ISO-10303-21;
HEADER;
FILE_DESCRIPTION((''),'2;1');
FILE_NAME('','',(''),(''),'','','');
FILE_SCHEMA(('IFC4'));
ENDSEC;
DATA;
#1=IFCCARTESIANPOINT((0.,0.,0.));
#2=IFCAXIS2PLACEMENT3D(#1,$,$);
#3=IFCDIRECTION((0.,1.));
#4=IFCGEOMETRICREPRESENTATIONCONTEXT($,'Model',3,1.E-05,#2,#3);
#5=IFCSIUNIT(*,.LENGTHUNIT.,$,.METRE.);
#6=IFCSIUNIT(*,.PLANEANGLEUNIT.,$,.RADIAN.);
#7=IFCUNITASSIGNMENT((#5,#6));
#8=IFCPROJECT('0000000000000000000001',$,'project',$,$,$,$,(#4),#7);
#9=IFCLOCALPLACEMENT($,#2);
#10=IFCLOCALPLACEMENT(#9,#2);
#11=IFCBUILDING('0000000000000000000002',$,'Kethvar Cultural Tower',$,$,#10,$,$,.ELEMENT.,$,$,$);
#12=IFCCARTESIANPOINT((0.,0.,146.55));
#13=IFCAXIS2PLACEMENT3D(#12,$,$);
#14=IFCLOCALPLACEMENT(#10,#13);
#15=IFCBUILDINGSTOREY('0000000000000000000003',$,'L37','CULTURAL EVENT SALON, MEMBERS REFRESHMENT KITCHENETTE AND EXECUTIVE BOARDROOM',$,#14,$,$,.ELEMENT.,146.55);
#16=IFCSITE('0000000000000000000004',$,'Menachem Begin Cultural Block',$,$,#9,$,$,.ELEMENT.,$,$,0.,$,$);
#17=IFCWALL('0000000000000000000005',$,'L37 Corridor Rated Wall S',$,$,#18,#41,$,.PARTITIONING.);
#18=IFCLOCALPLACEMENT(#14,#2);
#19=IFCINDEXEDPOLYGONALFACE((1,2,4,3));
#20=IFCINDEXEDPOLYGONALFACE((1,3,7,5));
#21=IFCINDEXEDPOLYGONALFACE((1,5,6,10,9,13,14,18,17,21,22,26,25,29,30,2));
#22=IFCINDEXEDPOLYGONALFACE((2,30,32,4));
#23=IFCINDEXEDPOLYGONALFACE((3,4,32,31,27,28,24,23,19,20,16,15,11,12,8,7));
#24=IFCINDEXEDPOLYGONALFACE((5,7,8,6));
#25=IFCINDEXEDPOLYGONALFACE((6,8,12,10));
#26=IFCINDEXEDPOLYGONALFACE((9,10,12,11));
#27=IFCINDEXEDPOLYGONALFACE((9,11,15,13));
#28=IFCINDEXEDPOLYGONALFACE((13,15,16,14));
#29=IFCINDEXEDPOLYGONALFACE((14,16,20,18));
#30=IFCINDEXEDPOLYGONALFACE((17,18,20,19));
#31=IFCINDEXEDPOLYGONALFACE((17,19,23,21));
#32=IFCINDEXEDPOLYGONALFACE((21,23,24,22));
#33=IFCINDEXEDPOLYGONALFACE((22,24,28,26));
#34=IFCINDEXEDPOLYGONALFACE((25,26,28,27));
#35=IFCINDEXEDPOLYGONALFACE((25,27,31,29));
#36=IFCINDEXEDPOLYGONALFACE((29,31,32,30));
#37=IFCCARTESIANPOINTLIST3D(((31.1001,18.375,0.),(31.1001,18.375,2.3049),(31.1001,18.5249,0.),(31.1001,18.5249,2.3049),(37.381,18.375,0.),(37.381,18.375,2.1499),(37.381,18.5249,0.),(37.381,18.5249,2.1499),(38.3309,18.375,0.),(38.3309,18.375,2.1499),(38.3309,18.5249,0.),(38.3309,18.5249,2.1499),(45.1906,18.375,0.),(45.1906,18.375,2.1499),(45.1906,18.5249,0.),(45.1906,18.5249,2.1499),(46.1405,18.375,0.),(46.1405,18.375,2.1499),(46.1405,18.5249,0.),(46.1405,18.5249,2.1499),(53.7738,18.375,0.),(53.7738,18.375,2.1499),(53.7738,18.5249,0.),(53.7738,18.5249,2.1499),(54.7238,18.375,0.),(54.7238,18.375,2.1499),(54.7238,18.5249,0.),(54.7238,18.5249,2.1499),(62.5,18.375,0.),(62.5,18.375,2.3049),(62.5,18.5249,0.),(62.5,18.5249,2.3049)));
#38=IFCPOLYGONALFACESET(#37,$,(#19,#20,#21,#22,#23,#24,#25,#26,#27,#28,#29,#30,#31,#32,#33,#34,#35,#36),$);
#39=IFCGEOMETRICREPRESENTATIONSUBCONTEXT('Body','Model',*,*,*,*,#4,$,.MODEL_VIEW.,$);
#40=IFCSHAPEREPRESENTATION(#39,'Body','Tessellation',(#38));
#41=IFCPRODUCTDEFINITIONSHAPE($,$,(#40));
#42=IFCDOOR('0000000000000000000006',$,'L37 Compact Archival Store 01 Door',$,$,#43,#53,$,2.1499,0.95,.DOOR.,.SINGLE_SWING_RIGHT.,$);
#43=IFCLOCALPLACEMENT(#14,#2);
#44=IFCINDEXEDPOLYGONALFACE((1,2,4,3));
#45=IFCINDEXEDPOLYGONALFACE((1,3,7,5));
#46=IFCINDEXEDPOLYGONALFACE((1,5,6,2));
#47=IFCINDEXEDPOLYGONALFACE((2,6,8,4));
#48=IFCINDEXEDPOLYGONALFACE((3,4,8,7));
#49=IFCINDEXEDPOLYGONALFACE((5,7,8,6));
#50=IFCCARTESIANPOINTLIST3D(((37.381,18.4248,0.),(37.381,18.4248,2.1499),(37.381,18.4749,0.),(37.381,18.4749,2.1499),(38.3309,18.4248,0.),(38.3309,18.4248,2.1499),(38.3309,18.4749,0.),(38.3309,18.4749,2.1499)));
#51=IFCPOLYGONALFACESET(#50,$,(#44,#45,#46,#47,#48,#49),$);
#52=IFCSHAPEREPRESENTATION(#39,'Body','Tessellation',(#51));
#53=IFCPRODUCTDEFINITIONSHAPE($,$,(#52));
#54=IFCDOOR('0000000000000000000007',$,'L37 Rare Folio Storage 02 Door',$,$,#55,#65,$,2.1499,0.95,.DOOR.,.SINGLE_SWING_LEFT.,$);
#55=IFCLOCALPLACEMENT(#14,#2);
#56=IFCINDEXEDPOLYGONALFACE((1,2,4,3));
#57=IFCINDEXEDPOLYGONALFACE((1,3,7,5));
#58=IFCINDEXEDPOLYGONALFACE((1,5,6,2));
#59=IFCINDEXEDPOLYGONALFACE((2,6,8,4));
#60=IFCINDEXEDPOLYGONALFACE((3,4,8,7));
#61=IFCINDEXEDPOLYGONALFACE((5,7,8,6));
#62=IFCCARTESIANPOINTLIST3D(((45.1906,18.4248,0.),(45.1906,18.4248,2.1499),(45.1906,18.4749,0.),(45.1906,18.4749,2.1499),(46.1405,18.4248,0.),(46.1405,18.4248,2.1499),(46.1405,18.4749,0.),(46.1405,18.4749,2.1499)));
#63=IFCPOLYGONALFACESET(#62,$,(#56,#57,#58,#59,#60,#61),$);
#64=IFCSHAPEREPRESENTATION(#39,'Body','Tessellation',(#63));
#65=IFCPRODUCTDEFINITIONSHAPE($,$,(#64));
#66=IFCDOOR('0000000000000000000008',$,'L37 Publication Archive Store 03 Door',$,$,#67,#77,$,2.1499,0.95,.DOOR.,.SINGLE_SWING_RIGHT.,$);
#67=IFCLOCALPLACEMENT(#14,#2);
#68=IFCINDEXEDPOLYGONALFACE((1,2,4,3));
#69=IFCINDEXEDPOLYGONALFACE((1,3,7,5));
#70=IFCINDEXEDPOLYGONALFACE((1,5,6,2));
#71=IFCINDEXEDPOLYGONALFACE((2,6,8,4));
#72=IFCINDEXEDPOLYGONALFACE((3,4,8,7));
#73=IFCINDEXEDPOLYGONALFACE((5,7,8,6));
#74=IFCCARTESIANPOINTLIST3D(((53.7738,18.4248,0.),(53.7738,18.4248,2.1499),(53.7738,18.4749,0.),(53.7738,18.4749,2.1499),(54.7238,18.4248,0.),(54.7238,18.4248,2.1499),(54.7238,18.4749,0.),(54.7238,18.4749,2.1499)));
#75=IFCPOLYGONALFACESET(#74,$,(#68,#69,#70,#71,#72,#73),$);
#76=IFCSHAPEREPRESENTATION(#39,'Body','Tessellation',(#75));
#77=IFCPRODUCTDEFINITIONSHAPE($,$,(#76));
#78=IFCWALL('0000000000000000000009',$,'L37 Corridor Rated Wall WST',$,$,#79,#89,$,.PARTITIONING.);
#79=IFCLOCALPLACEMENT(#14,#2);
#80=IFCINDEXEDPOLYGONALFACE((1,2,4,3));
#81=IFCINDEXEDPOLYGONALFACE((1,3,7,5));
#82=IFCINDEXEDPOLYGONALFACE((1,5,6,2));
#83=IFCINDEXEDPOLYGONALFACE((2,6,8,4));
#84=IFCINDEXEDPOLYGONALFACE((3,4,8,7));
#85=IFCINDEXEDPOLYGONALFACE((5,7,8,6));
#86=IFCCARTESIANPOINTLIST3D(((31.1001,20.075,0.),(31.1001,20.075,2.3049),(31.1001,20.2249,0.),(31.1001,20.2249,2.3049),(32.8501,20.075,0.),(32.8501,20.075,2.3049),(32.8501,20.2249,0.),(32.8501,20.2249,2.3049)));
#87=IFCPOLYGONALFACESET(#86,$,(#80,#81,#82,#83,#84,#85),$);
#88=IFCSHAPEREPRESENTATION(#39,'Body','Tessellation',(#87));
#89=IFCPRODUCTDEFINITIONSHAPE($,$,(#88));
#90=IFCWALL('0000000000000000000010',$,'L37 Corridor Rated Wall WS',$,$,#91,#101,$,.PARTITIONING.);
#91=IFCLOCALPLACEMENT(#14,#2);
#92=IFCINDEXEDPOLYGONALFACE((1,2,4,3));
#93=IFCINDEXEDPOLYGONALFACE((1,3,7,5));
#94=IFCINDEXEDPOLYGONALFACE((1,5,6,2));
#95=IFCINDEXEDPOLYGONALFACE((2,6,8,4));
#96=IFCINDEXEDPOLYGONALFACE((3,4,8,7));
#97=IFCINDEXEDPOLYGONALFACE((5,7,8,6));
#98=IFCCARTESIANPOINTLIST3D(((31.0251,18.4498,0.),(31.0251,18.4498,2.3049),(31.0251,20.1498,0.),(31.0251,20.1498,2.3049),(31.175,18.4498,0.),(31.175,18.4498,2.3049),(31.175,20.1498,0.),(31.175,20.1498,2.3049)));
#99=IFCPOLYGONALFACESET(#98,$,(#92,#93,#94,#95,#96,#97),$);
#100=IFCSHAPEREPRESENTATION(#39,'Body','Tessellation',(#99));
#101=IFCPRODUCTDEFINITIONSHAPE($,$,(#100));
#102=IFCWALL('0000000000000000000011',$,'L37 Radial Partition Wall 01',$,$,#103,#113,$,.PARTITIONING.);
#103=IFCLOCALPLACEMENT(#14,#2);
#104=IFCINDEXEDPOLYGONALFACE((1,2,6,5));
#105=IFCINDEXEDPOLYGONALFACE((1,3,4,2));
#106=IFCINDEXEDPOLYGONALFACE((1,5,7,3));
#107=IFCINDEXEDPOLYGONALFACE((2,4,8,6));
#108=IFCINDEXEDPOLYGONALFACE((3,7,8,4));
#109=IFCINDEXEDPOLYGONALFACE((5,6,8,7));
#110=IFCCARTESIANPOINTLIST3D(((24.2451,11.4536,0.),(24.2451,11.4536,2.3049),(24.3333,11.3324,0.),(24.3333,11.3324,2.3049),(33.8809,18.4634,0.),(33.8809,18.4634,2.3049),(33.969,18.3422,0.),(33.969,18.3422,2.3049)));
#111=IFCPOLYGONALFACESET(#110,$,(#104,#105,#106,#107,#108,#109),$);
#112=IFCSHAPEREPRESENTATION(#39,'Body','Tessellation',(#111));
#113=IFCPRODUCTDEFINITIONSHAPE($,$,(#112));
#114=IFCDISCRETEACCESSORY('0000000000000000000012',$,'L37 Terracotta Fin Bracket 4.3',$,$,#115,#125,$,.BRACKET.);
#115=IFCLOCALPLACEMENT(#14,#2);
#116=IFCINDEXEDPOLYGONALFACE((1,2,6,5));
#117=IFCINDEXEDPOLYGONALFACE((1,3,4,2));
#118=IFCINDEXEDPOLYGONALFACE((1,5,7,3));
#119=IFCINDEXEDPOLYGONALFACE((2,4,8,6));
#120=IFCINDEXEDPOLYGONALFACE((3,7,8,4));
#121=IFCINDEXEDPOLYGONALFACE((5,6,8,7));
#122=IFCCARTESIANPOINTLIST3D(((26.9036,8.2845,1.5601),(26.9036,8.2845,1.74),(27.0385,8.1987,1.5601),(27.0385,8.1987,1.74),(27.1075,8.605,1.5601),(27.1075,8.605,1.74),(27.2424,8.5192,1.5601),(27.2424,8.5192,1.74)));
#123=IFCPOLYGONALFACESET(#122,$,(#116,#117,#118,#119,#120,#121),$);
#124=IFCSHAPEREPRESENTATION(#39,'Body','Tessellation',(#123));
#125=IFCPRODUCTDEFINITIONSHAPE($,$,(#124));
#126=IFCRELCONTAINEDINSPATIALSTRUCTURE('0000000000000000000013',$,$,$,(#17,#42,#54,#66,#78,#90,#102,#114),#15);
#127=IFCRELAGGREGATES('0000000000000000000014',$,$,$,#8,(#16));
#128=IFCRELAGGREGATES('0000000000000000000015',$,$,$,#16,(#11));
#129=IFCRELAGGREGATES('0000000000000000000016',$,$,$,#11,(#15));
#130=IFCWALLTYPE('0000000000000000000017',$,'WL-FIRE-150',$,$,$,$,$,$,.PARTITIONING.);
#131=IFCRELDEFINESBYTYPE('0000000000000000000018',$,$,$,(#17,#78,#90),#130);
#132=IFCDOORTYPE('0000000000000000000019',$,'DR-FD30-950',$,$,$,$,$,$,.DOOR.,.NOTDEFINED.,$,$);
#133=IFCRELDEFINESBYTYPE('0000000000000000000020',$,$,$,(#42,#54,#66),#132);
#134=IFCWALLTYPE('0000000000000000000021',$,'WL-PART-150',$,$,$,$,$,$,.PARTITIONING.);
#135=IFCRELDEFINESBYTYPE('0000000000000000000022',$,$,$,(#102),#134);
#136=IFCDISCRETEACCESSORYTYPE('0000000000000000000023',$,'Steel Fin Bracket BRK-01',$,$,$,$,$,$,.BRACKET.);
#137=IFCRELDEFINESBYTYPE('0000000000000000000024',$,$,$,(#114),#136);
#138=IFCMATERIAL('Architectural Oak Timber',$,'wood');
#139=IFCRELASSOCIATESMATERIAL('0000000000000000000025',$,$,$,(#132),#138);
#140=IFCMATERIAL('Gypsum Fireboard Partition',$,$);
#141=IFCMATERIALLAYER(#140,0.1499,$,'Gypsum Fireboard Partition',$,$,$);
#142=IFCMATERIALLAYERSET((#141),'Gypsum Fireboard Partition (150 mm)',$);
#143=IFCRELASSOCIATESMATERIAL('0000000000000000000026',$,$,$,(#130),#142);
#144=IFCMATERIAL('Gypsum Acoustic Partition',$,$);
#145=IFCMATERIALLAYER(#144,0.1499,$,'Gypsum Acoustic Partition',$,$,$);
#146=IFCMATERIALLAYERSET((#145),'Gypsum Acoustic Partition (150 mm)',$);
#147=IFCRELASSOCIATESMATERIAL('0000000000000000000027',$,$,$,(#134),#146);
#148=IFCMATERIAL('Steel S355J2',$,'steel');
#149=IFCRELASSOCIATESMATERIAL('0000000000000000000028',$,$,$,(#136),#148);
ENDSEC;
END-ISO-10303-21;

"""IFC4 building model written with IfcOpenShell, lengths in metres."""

from ifc_helpers import new_model, si_unit, direction, frame, frame_2d, origin, origin_2d, place, context, subcontext, project, spatial, rectangle, extrude, source, transform, mapped, material, layer, layer_set, type_object, element, fill, save


model = new_model("IFC4")

# Units and contexts
model_context = context("Model", 3, precision=1e-05, world=origin(), true_north=direction((0.0, 1.0)))
body_context = subcontext(model_context, "Body", "Model", "MODEL_VIEW")
ifc_project = project(units=[si_unit("LENGTHUNIT", "METRE"), si_unit("PLANEANGLEUNIT", "RADIAN")], contexts=[model_context])

# Site, building, storey
site_placement = place(None, origin())
site = spatial("IfcSite", under=ifc_project, at=site_placement, Name="Menachem Begin Cultural Block", CompositionType="ELEMENT", RefElevation=0.0)
building_placement = place(site_placement, origin())
building = spatial("IfcBuilding", under=site, at=building_placement, Name="Kethvar Cultural Tower", CompositionType="ELEMENT")
storey_placement = place(building_placement, frame((0.0, 0.0, 146.55)))
storey = spatial("IfcBuildingStorey", under=building, at=storey_placement, Name="L37", Description="CULTURAL EVENT SALON, MEMBERS REFRESHMENT KITCHENETTE AND EXECUTIVE BOARDROOM", CompositionType="ELEMENT", Elevation=146.55)

# Shared definitions
ifc_material_1 = material(Name="Steel S355J2", Category="steel")

# Wall, openings, doors
ifc_material_2 = material(Name="Architectural Oak Timber", Category="wood")
door_type_1 = type_object("IfcDoorType", Name="DR-FD30-950", OperationType="NOTDEFINED", PredefinedType="DOOR", material=ifc_material_2)
shared_shape_1 = source(origin(), body_context, "Body", "SweptSolid", [
    extrude(rectangle(XDim=0.95, YDim=2.1499, at=frame_2d((0.4751, 1.075))), frame((0.0, 0.0249, 0.0), z_axis=(0.0, -1.0, 0.0), x_axis=(1.0, 0.0, 0.0)), (0.0, 0.0, 1.0), 0.05),
])
ifc_material_3 = material(Name="Gypsum Fireboard Partition")
ifc_layer_1 = layer(ifc_material_3, 0.1499, Name="Gypsum Fireboard Partition")
ifc_layer_set_1 = layer_set([ifc_layer_1], Name="Gypsum Fireboard Partition (150 mm)")
wall_type_1 = type_object("IfcWallType", Name="WL-FIRE-150", PredefinedType="PARTITIONING", material=ifc_layer_set_1)
wall_1_placement = place(storey_placement, frame((31.1001, 18.45, 0.0), z_axis=(0.0, 0.0, 1.0), x_axis=(1.0, 0.0, 0.0)))
wall_1 = element("IfcWall", 1, at=wall_1_placement, inside=storey, type_object=wall_type_1, Name="L37 Corridor Rated Wall S", PredefinedType="PARTITIONING", context=body_context, shape_type="SweptSolid", body=[
    extrude(rectangle(XDim=31.3999, YDim=0.1499, at=frame_2d((15.7, 0.0))), origin(), (0.0, 0.0, 1.0), 2.3049),
])
opening_1_placement = place(wall_1_placement, frame((6.2808, 0.0, 0.0)))
opening_1 = element("IfcOpeningElement", 2, at=opening_1_placement, cuts=wall_1, PredefinedType="OPENING", context=body_context, shape_type="SweptSolid", body=[
    extrude(rectangle(XDim=0.95, YDim=2.1499, at=frame_2d((0.4751, 1.075))), frame((0.0, 0.085, 0.0), z_axis=(0.0, -1.0, 0.0), x_axis=(1.0, 0.0, 0.0)), (0.0, 0.0, 1.0), 0.1699),
])
opening_2_placement = place(wall_1_placement, frame((14.0903, 0.0, 0.0)))
opening_2 = element("IfcOpeningElement", 3, at=opening_2_placement, cuts=wall_1, PredefinedType="OPENING", context=body_context, shape_type="SweptSolid", body=[
    extrude(rectangle(XDim=0.95, YDim=2.1499, at=frame_2d((0.4751, 1.075))), frame((0.0, 0.085, 0.0), z_axis=(0.0, -1.0, 0.0), x_axis=(1.0, 0.0, 0.0)), (0.0, 0.0, 1.0), 0.1699),
])
opening_3_placement = place(wall_1_placement, frame((22.6736, 0.0, 0.0)))
opening_3 = element("IfcOpeningElement", 4, at=opening_3_placement, cuts=wall_1, PredefinedType="OPENING", context=body_context, shape_type="SweptSolid", body=[
    extrude(rectangle(XDim=0.95, YDim=2.1499, at=frame_2d((0.4751, 1.075))), frame((0.0, 0.085, 0.0), z_axis=(0.0, -1.0, 0.0), x_axis=(1.0, 0.0, 0.0)), (0.0, 0.0, 1.0), 0.1699),
])
door_1_placement = place(opening_1_placement, origin())
door_1 = element("IfcDoor", 5, at=door_1_placement, inside=storey, type_object=door_type_1, Name="L37 Compact Archival Store 01 Door", OperationType="SINGLE_SWING_RIGHT", OverallHeight=2.1499, OverallWidth=0.95, PredefinedType="DOOR", context=body_context, shape_type="MappedRepresentation", body=[
    mapped(shared_shape_1, transform((0.0, 0.0, 0.0), scale=1.0)),
])
fill(opening_1, door_1)
door_2_placement = place(opening_2_placement, origin())
door_2 = element("IfcDoor", 6, at=door_2_placement, inside=storey, type_object=door_type_1, Name="L37 Rare Folio Storage 02 Door", OperationType="SINGLE_SWING_LEFT", OverallHeight=2.1499, OverallWidth=0.95, PredefinedType="DOOR", context=body_context, shape_type="MappedRepresentation", body=[
    mapped(shared_shape_1, transform((0.0, 0.0, 0.0), scale=1.0)),
])
fill(opening_2, door_2)
door_3_placement = place(opening_3_placement, origin())
door_3 = element("IfcDoor", 7, at=door_3_placement, inside=storey, type_object=door_type_1, Name="L37 Publication Archive Store 03 Door", OperationType="SINGLE_SWING_RIGHT", OverallHeight=2.1499, OverallWidth=0.95, PredefinedType="DOOR", context=body_context, shape_type="MappedRepresentation", body=[
    mapped(shared_shape_1, transform((0.0, 0.0, 0.0), scale=1.0)),
])
fill(opening_3, door_3)

# Walls
wall_2_placement = place(storey_placement, frame((32.8501, 20.1499, 0.0), z_axis=(0.0, 0.0, 1.0), x_axis=(-1.0, 0.0, 0.0)))
element("IfcWall", 8, at=wall_2_placement, inside=storey, type_object=wall_type_1, Name="L37 Corridor Rated Wall WST", PredefinedType="PARTITIONING", context=body_context, shape_type="SweptSolid", body=[
    extrude(rectangle(XDim=1.75, YDim=0.1499, at=frame_2d((0.875, 0.0))), origin(), (0.0, 0.0, 1.0), 2.3049),
])
wall_3_placement = place(storey_placement, frame((31.1001, 20.1499, 0.0), z_axis=(0.0, 0.0, 1.0), x_axis=(0.0, -1.0, 0.0)))
element("IfcWall", 9, at=wall_3_placement, inside=storey, type_object=wall_type_1, Name="L37 Corridor Rated Wall WS", PredefinedType="PARTITIONING", context=body_context, shape_type="SweptSolid", body=[
    extrude(rectangle(XDim=1.7, YDim=0.1499, at=frame_2d((0.8501, 0.0))), origin(), (0.0, 0.0, 1.0), 2.3049),
])
ifc_material_4 = material(Name="Gypsum Acoustic Partition")
ifc_layer_2 = layer(ifc_material_4, 0.1499, Name="Gypsum Acoustic Partition")
ifc_layer_set_2 = layer_set([ifc_layer_2], Name="Gypsum Acoustic Partition (150 mm)")
wall_type_2 = type_object("IfcWallType", Name="WL-PART-150", PredefinedType="PARTITIONING", material=ifc_layer_set_2)
wall_4_placement = place(storey_placement, frame((33.925, 18.4028, 0.0), z_axis=(0.0, 0.0, 1.0), x_axis=(-0.808658, -0.588279, 0.0)))
element("IfcWall", 10, at=wall_4_placement, inside=storey, type_object=wall_type_2, Name="L37 Radial Partition Wall 01", PredefinedType="PARTITIONING", context=body_context, shape_type="SweptSolid", body=[
    extrude(rectangle(XDim=11.9158, YDim=0.1499, at=frame_2d((5.958, 0.0))), origin(), (0.0, 0.0, 1.0), 2.3049),
])

# Discrete accessory
discrete_accessory_type = type_object("IfcDiscreteAccessoryType", Name="Steel Fin Bracket BRK-01", PredefinedType="BRACKET", material=ifc_material_1)
shared_shape_2 = source(origin(), body_context, "Body", "SweptSolid", [
    extrude(rectangle(XDim=0.3799, YDim=0.1599, at=origin_2d()), origin(), (0.0, 0.0, 1.0), 0.1799),
])
discrete_accessory_placement = place(storey_placement, frame((27.073, 8.4019, 1.5601), z_axis=(0.0, 0.0, 1.0), x_axis=(-0.536858, -0.843673, 0.0)))
element("IfcDiscreteAccessory", 11, at=discrete_accessory_placement, inside=storey, type_object=discrete_accessory_type, Name="L37 Terracotta Fin Bracket 4.3", PredefinedType="BRACKET", context=body_context, shape_type="MappedRepresentation", body=[
    mapped(shared_shape_2, transform((0.0, 0.0, 0.0), scale=1.0)),
])

save(model, "model.ifc")
